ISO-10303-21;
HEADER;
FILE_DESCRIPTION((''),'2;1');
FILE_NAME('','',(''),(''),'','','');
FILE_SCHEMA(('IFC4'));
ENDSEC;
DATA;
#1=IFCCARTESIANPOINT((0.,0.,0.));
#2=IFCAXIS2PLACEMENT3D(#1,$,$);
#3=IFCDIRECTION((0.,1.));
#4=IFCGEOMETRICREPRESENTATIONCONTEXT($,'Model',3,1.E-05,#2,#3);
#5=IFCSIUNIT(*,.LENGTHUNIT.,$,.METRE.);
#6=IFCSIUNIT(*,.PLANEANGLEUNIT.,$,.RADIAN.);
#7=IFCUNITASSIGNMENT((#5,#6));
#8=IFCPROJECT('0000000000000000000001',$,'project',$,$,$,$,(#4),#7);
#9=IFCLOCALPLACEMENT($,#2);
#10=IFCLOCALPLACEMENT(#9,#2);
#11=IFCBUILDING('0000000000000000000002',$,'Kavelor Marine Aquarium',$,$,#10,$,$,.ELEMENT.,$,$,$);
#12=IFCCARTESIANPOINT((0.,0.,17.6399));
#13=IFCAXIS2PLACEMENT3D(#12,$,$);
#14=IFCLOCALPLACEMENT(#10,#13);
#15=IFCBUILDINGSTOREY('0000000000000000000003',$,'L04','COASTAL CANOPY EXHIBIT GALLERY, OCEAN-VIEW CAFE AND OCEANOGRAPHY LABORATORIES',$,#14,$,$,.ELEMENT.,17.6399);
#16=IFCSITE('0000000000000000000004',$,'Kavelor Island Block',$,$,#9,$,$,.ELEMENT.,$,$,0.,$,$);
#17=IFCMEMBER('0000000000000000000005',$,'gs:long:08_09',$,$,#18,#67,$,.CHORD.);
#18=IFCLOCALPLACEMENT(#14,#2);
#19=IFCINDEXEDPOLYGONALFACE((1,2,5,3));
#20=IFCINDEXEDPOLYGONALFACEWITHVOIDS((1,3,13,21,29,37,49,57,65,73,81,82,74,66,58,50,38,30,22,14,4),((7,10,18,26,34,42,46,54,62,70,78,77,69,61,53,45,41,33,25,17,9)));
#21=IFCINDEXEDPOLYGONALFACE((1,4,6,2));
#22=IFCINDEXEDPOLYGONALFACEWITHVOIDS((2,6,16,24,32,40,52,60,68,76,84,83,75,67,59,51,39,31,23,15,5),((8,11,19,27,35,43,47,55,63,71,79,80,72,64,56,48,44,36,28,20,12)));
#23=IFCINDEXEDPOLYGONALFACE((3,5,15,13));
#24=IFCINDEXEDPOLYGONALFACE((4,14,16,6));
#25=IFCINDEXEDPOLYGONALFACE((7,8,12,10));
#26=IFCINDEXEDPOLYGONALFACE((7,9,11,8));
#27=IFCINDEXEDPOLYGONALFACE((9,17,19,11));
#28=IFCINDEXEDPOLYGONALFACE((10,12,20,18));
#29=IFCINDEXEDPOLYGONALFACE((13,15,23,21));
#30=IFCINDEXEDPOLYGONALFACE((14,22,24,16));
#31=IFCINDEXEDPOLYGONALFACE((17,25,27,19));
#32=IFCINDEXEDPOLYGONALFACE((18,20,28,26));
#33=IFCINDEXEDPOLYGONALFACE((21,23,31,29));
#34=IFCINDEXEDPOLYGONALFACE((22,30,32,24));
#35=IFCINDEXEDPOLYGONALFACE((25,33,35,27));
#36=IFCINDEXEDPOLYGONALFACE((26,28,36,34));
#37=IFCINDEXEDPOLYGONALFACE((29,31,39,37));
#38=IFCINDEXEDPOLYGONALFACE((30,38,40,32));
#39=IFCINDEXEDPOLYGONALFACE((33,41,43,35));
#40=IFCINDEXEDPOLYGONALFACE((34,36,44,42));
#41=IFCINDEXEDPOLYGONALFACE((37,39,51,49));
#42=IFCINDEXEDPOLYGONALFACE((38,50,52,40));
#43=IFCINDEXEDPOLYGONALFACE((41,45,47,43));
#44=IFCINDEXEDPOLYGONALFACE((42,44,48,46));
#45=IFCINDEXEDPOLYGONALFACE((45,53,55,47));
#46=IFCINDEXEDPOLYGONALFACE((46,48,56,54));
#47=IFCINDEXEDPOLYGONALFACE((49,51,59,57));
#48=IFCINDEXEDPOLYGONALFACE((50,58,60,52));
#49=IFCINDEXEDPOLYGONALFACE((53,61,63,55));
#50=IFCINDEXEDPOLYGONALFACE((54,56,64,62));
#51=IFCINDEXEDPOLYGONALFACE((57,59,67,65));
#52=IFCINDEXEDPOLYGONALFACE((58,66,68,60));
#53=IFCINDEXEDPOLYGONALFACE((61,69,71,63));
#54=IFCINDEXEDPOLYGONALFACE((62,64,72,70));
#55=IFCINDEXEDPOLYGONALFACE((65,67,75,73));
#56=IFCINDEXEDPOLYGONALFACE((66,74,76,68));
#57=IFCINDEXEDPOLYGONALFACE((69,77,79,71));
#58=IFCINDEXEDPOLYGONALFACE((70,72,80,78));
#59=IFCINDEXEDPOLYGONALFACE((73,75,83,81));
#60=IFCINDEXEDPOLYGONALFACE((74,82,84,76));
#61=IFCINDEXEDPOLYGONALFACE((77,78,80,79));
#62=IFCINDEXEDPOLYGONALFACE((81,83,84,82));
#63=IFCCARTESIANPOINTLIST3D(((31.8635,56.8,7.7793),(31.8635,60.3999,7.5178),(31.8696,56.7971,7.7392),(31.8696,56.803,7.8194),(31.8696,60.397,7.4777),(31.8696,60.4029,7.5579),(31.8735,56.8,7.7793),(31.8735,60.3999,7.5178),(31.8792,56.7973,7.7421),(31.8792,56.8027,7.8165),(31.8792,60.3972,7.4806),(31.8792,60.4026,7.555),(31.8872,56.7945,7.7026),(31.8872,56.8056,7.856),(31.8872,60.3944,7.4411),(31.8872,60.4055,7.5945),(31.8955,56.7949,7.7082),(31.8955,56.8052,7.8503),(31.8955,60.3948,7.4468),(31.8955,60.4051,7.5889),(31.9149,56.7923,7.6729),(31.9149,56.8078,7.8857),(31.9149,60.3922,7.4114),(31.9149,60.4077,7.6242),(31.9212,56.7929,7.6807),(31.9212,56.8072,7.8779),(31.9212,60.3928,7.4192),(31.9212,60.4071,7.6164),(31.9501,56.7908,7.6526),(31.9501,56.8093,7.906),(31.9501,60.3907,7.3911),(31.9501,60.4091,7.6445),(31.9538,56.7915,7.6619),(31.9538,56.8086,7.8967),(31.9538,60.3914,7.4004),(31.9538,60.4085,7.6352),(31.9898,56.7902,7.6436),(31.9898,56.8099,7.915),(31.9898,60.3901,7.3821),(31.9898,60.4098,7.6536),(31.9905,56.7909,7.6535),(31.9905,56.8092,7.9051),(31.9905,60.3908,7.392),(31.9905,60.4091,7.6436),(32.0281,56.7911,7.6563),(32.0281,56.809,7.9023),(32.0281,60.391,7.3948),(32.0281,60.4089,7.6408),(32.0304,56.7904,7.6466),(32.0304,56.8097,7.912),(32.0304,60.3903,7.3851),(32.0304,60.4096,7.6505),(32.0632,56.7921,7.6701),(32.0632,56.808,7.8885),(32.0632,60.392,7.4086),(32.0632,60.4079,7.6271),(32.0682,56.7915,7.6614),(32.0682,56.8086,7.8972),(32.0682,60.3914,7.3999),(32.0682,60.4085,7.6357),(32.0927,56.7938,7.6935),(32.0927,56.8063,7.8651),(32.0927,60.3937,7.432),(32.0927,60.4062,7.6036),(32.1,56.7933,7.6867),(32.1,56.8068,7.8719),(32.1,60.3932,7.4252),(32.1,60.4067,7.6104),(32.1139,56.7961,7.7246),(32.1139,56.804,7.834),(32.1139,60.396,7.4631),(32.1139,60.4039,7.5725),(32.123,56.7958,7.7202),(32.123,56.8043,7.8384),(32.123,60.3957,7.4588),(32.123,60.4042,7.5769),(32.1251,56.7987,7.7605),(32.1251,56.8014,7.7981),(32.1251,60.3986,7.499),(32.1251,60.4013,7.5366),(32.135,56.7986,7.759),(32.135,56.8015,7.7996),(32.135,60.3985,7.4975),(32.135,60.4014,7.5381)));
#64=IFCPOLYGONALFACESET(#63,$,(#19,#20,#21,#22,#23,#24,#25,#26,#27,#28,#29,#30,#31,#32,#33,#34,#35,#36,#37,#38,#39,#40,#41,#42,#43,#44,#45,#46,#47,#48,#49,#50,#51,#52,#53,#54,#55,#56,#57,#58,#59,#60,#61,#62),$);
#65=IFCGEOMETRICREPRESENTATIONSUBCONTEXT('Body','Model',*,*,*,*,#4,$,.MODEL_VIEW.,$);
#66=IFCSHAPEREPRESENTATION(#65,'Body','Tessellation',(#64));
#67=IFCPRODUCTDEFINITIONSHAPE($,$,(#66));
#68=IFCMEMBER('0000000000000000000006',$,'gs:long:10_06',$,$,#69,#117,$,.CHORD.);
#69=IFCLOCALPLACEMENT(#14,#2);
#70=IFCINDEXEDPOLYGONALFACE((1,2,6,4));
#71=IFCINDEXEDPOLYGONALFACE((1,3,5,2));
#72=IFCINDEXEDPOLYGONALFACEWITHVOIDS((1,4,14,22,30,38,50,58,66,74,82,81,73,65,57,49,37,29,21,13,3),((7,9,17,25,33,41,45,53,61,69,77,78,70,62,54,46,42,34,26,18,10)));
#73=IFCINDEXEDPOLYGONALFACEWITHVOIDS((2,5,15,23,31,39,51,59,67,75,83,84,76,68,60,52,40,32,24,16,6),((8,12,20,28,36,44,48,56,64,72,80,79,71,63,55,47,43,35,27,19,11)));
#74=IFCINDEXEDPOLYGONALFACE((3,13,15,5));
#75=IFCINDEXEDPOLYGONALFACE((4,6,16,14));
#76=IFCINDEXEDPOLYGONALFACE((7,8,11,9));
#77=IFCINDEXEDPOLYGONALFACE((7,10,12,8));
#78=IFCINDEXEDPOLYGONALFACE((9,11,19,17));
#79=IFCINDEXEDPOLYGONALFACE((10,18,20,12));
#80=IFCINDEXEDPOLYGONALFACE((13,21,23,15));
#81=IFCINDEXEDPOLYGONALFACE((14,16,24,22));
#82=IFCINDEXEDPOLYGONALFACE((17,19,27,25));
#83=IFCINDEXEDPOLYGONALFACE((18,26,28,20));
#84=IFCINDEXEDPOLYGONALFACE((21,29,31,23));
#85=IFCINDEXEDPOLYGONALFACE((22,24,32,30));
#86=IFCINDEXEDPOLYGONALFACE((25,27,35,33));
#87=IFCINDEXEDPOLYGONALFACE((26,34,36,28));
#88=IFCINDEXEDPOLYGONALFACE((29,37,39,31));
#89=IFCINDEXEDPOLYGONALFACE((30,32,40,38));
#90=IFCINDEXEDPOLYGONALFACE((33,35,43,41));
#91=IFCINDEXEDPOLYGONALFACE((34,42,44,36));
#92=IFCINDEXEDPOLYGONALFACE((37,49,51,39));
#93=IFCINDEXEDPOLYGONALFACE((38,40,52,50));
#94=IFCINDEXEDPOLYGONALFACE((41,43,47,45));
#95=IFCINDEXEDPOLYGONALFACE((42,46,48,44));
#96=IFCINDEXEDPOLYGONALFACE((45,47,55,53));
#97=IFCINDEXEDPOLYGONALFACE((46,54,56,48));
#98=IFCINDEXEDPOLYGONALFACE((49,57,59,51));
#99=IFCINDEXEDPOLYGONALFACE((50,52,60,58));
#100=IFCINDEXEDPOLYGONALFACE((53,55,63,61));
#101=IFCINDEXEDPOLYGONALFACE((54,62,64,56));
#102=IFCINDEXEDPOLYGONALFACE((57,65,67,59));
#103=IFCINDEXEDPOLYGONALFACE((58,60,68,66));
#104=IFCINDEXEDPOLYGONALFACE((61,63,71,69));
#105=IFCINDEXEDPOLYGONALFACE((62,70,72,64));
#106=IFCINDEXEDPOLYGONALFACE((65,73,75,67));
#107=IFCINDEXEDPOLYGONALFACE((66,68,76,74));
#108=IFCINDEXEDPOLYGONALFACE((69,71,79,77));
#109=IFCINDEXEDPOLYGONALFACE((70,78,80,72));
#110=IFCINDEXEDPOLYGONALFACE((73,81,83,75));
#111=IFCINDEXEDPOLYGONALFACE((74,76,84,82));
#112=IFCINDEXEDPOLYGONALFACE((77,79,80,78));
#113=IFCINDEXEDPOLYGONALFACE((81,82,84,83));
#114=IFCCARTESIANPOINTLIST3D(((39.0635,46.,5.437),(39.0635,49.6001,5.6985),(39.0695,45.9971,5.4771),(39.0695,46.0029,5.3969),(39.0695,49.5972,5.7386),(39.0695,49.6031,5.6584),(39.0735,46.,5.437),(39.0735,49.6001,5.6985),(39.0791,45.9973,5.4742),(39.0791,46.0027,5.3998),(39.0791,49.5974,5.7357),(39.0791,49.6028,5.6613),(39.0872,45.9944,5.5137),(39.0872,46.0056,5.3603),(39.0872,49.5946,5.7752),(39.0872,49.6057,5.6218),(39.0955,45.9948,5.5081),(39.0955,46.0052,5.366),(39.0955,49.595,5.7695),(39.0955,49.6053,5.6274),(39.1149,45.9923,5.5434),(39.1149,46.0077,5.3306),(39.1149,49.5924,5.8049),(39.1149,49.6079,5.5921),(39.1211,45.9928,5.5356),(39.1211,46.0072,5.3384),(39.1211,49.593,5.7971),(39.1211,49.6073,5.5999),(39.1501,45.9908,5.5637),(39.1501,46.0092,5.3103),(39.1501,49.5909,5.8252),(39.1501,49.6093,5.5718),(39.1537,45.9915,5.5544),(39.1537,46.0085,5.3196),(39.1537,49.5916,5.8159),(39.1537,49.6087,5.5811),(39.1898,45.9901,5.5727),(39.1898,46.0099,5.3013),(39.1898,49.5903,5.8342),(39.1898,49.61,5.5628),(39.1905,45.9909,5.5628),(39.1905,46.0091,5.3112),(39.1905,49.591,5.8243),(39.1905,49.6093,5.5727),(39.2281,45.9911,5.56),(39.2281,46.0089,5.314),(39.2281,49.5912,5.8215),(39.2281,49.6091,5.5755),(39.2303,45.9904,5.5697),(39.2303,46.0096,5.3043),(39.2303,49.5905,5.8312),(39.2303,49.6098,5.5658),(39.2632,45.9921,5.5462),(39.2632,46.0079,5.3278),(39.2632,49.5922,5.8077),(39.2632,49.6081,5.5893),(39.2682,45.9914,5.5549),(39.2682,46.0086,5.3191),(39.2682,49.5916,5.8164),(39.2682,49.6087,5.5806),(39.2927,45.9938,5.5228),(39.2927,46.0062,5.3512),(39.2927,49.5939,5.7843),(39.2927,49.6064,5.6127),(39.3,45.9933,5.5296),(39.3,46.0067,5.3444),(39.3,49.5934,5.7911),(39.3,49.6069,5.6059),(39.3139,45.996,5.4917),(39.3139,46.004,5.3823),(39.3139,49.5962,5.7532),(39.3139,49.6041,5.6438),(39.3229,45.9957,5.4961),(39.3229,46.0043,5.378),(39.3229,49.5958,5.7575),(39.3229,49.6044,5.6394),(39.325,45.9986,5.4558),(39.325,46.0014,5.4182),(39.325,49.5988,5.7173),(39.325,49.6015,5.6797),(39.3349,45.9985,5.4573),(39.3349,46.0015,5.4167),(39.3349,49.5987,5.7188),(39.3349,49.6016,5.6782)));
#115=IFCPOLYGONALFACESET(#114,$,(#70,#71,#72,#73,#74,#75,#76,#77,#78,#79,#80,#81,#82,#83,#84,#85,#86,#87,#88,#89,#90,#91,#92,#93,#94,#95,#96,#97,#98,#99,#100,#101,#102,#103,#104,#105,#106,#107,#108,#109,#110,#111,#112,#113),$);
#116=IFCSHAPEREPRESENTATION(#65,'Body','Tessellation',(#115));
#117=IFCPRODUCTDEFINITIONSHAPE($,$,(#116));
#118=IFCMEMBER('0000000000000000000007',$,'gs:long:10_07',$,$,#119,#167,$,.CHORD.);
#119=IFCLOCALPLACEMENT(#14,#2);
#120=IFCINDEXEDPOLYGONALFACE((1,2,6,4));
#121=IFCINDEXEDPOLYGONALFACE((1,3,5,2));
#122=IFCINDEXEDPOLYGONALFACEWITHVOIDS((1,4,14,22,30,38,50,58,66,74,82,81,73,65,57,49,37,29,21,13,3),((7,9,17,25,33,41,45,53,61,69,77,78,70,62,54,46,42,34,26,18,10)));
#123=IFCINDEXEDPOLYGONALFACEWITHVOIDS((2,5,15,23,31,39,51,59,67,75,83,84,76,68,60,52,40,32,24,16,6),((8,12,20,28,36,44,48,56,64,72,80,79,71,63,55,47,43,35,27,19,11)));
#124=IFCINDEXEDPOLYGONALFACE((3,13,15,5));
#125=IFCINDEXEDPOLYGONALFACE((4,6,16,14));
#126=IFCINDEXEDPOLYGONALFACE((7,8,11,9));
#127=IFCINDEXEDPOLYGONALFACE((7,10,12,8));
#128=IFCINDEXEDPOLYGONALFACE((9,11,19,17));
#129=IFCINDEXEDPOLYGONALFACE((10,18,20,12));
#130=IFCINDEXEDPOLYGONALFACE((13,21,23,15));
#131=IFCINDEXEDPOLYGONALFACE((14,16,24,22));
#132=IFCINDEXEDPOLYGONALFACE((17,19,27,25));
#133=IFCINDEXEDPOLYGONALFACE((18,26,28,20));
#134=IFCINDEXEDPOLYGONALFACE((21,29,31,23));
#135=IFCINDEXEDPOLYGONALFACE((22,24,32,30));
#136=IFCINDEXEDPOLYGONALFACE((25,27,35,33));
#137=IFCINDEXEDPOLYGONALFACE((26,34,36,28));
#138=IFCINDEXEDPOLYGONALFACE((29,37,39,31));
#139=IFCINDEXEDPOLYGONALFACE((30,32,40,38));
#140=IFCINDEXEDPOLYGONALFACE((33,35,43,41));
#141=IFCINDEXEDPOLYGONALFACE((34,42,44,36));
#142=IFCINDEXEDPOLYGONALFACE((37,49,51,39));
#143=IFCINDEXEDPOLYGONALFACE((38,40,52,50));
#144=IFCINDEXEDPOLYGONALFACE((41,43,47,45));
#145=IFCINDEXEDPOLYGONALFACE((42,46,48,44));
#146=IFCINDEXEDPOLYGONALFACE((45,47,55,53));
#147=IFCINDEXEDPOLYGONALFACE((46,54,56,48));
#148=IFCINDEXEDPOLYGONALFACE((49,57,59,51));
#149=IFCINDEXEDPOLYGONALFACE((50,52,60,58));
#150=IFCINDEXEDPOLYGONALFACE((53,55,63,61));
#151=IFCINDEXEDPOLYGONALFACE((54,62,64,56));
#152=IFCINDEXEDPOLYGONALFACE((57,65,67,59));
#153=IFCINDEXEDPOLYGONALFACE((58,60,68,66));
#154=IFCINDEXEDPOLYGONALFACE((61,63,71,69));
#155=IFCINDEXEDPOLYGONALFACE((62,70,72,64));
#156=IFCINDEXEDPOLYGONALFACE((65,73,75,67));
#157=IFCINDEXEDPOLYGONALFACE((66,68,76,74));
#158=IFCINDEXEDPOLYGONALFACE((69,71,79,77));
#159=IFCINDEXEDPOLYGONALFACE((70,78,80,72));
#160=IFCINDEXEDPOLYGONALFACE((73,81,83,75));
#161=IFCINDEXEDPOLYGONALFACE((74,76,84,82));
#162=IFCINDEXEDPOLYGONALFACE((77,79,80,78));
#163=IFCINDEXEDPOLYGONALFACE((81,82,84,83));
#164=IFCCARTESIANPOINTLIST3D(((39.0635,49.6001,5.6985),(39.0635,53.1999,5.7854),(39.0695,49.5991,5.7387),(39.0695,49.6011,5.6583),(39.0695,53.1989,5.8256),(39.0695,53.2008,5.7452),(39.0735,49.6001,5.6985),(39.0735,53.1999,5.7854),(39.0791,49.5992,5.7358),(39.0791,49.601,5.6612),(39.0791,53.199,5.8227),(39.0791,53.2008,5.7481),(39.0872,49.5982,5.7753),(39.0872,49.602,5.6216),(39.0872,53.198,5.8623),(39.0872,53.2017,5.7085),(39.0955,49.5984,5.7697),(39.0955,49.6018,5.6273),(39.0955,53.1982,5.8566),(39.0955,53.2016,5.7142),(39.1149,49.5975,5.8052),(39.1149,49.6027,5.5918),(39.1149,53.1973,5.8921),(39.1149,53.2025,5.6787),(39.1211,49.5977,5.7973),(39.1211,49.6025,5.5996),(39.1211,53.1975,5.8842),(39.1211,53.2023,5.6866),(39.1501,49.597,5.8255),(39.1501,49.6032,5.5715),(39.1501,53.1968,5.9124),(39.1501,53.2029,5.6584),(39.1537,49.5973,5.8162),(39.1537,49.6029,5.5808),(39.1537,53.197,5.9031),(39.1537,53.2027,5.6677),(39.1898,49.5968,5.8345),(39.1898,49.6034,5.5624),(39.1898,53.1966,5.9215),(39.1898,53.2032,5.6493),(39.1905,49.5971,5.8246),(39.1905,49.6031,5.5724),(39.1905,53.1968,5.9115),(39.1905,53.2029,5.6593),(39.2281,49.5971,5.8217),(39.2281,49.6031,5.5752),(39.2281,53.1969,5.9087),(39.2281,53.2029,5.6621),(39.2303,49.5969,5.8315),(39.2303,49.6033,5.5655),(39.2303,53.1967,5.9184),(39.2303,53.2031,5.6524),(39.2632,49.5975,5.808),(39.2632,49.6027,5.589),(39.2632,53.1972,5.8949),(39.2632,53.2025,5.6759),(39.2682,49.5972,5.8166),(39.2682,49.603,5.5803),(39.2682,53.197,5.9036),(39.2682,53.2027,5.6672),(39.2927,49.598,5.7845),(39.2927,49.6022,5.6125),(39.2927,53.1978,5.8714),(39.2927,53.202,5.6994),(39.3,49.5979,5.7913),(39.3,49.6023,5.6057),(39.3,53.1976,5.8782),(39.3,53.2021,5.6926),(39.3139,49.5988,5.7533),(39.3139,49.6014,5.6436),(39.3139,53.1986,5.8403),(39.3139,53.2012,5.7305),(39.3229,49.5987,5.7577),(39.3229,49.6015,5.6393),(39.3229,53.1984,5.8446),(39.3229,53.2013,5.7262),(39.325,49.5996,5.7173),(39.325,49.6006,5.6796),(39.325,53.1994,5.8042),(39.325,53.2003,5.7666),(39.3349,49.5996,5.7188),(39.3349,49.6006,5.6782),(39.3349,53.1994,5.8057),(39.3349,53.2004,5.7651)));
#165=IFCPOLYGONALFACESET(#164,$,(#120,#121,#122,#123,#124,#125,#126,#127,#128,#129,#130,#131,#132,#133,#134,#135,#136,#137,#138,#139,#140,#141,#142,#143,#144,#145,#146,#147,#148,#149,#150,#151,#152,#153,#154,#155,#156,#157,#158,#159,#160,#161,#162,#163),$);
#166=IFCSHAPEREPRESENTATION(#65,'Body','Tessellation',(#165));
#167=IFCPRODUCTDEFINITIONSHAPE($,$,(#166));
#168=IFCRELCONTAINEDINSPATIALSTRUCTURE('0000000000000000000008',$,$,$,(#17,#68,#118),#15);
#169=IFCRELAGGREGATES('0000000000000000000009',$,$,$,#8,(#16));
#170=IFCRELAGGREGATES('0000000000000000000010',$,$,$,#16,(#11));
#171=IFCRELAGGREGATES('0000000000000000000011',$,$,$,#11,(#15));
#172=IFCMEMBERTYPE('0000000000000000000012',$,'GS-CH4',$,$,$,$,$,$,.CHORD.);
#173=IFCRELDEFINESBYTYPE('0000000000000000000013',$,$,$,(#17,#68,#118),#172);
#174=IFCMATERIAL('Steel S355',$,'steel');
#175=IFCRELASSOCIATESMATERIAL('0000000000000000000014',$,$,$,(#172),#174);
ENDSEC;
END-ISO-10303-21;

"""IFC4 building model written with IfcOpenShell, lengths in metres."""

from ifc_helpers import new_model, si_unit, direction, frame, origin, origin_2d, place, context, subcontext, project, spatial, hollow_circle, extrude, material, material_profile, profile_set, type_object, element, save


model = new_model("IFC4")

# Units and contexts
model_context = context("Model", 3, precision=1e-05, world=origin(), true_north=direction((0.0, 1.0)))
body_context = subcontext(model_context, "Body", "Model", "MODEL_VIEW")
ifc_project = project(units=[si_unit("LENGTHUNIT", "METRE"), si_unit("PLANEANGLEUNIT", "RADIAN")], contexts=[model_context])

# Site, building, storey
site_placement = place(None, origin())
site = spatial("IfcSite", under=ifc_project, at=site_placement, Name="Kavelor Island Block", CompositionType="ELEMENT", RefElevation=0.0)
building_placement = place(site_placement, origin())
building = spatial("IfcBuilding", under=site, at=building_placement, Name="Kavelor Marine Aquarium", CompositionType="ELEMENT")
storey_placement = place(building_placement, frame((0.0, 0.0, 17.6399)))
storey = spatial("IfcBuildingStorey", under=building, at=storey_placement, Name="L04", Description="COASTAL CANOPY EXHIBIT GALLERY, OCEAN-VIEW CAFE AND OCEANOGRAPHY LABORATORIES", CompositionType="ELEMENT", Elevation=17.6399)

# Members
ifc_material_1 = material(Name="Steel S355", Category="steel")
ifc_material_profile_1 = material_profile(ifc_material_1, hollow_circle(Radius=0.1365, WallThickness=0.01, at=origin_2d()), Name="CHS 273.0x10.0")
ifc_profile_set_1 = profile_set([ifc_material_profile_1], Name="Steel S355")
member_type_1 = type_object("IfcMemberType", Name="GS-CH4", PredefinedType="CHORD", material=ifc_profile_set_1)
member_1_placement = place(storey_placement, frame((32.0, 56.8, 7.7793), z_axis=(0.0, 0.997372, -0.072444), x_axis=(-1.0, 0.0, 0.0)))
element("IfcMember", 1, at=member_1_placement, inside=storey, type_object=member_type_1, Name="gs:long:08_09", PredefinedType="CHORD", context=body_context, shape_type="SweptSolid", body=[
    extrude(hollow_circle(Radius=0.1365, WallThickness=0.01, at=origin_2d()), origin(), (0.0, 0.0, 1.0), 3.6094),
])
member_2_placement = place(storey_placement, frame((39.2, 46.0, 5.437), z_axis=(0.0, 0.997373, 0.072439), x_axis=(-1.0, 0.0, 0.0)))
element("IfcMember", 2, at=member_2_placement, inside=storey, type_object=member_type_1, Name="gs:long:10_06", PredefinedType="CHORD", context=body_context, shape_type="SweptSolid", body=[
    extrude(hollow_circle(Radius=0.1365, WallThickness=0.01, at=origin_2d()), origin(), (0.0, 0.0, 1.0), 3.6096),
])
member_3_placement = place(storey_placement, frame((39.2, 49.6001, 5.6985), z_axis=(0.0, 0.999709, 0.024137), x_axis=(-1.0, 0.0, 0.0)))
element("IfcMember", 3, at=member_3_placement, inside=storey, type_object=member_type_1, Name="gs:long:10_07", PredefinedType="CHORD", context=body_context, shape_type="SweptSolid", body=[
    extrude(hollow_circle(Radius=0.1365, WallThickness=0.01, at=origin_2d()), origin(), (0.0, 0.0, 1.0), 3.6008),
])

save(model, "model.ifc")
